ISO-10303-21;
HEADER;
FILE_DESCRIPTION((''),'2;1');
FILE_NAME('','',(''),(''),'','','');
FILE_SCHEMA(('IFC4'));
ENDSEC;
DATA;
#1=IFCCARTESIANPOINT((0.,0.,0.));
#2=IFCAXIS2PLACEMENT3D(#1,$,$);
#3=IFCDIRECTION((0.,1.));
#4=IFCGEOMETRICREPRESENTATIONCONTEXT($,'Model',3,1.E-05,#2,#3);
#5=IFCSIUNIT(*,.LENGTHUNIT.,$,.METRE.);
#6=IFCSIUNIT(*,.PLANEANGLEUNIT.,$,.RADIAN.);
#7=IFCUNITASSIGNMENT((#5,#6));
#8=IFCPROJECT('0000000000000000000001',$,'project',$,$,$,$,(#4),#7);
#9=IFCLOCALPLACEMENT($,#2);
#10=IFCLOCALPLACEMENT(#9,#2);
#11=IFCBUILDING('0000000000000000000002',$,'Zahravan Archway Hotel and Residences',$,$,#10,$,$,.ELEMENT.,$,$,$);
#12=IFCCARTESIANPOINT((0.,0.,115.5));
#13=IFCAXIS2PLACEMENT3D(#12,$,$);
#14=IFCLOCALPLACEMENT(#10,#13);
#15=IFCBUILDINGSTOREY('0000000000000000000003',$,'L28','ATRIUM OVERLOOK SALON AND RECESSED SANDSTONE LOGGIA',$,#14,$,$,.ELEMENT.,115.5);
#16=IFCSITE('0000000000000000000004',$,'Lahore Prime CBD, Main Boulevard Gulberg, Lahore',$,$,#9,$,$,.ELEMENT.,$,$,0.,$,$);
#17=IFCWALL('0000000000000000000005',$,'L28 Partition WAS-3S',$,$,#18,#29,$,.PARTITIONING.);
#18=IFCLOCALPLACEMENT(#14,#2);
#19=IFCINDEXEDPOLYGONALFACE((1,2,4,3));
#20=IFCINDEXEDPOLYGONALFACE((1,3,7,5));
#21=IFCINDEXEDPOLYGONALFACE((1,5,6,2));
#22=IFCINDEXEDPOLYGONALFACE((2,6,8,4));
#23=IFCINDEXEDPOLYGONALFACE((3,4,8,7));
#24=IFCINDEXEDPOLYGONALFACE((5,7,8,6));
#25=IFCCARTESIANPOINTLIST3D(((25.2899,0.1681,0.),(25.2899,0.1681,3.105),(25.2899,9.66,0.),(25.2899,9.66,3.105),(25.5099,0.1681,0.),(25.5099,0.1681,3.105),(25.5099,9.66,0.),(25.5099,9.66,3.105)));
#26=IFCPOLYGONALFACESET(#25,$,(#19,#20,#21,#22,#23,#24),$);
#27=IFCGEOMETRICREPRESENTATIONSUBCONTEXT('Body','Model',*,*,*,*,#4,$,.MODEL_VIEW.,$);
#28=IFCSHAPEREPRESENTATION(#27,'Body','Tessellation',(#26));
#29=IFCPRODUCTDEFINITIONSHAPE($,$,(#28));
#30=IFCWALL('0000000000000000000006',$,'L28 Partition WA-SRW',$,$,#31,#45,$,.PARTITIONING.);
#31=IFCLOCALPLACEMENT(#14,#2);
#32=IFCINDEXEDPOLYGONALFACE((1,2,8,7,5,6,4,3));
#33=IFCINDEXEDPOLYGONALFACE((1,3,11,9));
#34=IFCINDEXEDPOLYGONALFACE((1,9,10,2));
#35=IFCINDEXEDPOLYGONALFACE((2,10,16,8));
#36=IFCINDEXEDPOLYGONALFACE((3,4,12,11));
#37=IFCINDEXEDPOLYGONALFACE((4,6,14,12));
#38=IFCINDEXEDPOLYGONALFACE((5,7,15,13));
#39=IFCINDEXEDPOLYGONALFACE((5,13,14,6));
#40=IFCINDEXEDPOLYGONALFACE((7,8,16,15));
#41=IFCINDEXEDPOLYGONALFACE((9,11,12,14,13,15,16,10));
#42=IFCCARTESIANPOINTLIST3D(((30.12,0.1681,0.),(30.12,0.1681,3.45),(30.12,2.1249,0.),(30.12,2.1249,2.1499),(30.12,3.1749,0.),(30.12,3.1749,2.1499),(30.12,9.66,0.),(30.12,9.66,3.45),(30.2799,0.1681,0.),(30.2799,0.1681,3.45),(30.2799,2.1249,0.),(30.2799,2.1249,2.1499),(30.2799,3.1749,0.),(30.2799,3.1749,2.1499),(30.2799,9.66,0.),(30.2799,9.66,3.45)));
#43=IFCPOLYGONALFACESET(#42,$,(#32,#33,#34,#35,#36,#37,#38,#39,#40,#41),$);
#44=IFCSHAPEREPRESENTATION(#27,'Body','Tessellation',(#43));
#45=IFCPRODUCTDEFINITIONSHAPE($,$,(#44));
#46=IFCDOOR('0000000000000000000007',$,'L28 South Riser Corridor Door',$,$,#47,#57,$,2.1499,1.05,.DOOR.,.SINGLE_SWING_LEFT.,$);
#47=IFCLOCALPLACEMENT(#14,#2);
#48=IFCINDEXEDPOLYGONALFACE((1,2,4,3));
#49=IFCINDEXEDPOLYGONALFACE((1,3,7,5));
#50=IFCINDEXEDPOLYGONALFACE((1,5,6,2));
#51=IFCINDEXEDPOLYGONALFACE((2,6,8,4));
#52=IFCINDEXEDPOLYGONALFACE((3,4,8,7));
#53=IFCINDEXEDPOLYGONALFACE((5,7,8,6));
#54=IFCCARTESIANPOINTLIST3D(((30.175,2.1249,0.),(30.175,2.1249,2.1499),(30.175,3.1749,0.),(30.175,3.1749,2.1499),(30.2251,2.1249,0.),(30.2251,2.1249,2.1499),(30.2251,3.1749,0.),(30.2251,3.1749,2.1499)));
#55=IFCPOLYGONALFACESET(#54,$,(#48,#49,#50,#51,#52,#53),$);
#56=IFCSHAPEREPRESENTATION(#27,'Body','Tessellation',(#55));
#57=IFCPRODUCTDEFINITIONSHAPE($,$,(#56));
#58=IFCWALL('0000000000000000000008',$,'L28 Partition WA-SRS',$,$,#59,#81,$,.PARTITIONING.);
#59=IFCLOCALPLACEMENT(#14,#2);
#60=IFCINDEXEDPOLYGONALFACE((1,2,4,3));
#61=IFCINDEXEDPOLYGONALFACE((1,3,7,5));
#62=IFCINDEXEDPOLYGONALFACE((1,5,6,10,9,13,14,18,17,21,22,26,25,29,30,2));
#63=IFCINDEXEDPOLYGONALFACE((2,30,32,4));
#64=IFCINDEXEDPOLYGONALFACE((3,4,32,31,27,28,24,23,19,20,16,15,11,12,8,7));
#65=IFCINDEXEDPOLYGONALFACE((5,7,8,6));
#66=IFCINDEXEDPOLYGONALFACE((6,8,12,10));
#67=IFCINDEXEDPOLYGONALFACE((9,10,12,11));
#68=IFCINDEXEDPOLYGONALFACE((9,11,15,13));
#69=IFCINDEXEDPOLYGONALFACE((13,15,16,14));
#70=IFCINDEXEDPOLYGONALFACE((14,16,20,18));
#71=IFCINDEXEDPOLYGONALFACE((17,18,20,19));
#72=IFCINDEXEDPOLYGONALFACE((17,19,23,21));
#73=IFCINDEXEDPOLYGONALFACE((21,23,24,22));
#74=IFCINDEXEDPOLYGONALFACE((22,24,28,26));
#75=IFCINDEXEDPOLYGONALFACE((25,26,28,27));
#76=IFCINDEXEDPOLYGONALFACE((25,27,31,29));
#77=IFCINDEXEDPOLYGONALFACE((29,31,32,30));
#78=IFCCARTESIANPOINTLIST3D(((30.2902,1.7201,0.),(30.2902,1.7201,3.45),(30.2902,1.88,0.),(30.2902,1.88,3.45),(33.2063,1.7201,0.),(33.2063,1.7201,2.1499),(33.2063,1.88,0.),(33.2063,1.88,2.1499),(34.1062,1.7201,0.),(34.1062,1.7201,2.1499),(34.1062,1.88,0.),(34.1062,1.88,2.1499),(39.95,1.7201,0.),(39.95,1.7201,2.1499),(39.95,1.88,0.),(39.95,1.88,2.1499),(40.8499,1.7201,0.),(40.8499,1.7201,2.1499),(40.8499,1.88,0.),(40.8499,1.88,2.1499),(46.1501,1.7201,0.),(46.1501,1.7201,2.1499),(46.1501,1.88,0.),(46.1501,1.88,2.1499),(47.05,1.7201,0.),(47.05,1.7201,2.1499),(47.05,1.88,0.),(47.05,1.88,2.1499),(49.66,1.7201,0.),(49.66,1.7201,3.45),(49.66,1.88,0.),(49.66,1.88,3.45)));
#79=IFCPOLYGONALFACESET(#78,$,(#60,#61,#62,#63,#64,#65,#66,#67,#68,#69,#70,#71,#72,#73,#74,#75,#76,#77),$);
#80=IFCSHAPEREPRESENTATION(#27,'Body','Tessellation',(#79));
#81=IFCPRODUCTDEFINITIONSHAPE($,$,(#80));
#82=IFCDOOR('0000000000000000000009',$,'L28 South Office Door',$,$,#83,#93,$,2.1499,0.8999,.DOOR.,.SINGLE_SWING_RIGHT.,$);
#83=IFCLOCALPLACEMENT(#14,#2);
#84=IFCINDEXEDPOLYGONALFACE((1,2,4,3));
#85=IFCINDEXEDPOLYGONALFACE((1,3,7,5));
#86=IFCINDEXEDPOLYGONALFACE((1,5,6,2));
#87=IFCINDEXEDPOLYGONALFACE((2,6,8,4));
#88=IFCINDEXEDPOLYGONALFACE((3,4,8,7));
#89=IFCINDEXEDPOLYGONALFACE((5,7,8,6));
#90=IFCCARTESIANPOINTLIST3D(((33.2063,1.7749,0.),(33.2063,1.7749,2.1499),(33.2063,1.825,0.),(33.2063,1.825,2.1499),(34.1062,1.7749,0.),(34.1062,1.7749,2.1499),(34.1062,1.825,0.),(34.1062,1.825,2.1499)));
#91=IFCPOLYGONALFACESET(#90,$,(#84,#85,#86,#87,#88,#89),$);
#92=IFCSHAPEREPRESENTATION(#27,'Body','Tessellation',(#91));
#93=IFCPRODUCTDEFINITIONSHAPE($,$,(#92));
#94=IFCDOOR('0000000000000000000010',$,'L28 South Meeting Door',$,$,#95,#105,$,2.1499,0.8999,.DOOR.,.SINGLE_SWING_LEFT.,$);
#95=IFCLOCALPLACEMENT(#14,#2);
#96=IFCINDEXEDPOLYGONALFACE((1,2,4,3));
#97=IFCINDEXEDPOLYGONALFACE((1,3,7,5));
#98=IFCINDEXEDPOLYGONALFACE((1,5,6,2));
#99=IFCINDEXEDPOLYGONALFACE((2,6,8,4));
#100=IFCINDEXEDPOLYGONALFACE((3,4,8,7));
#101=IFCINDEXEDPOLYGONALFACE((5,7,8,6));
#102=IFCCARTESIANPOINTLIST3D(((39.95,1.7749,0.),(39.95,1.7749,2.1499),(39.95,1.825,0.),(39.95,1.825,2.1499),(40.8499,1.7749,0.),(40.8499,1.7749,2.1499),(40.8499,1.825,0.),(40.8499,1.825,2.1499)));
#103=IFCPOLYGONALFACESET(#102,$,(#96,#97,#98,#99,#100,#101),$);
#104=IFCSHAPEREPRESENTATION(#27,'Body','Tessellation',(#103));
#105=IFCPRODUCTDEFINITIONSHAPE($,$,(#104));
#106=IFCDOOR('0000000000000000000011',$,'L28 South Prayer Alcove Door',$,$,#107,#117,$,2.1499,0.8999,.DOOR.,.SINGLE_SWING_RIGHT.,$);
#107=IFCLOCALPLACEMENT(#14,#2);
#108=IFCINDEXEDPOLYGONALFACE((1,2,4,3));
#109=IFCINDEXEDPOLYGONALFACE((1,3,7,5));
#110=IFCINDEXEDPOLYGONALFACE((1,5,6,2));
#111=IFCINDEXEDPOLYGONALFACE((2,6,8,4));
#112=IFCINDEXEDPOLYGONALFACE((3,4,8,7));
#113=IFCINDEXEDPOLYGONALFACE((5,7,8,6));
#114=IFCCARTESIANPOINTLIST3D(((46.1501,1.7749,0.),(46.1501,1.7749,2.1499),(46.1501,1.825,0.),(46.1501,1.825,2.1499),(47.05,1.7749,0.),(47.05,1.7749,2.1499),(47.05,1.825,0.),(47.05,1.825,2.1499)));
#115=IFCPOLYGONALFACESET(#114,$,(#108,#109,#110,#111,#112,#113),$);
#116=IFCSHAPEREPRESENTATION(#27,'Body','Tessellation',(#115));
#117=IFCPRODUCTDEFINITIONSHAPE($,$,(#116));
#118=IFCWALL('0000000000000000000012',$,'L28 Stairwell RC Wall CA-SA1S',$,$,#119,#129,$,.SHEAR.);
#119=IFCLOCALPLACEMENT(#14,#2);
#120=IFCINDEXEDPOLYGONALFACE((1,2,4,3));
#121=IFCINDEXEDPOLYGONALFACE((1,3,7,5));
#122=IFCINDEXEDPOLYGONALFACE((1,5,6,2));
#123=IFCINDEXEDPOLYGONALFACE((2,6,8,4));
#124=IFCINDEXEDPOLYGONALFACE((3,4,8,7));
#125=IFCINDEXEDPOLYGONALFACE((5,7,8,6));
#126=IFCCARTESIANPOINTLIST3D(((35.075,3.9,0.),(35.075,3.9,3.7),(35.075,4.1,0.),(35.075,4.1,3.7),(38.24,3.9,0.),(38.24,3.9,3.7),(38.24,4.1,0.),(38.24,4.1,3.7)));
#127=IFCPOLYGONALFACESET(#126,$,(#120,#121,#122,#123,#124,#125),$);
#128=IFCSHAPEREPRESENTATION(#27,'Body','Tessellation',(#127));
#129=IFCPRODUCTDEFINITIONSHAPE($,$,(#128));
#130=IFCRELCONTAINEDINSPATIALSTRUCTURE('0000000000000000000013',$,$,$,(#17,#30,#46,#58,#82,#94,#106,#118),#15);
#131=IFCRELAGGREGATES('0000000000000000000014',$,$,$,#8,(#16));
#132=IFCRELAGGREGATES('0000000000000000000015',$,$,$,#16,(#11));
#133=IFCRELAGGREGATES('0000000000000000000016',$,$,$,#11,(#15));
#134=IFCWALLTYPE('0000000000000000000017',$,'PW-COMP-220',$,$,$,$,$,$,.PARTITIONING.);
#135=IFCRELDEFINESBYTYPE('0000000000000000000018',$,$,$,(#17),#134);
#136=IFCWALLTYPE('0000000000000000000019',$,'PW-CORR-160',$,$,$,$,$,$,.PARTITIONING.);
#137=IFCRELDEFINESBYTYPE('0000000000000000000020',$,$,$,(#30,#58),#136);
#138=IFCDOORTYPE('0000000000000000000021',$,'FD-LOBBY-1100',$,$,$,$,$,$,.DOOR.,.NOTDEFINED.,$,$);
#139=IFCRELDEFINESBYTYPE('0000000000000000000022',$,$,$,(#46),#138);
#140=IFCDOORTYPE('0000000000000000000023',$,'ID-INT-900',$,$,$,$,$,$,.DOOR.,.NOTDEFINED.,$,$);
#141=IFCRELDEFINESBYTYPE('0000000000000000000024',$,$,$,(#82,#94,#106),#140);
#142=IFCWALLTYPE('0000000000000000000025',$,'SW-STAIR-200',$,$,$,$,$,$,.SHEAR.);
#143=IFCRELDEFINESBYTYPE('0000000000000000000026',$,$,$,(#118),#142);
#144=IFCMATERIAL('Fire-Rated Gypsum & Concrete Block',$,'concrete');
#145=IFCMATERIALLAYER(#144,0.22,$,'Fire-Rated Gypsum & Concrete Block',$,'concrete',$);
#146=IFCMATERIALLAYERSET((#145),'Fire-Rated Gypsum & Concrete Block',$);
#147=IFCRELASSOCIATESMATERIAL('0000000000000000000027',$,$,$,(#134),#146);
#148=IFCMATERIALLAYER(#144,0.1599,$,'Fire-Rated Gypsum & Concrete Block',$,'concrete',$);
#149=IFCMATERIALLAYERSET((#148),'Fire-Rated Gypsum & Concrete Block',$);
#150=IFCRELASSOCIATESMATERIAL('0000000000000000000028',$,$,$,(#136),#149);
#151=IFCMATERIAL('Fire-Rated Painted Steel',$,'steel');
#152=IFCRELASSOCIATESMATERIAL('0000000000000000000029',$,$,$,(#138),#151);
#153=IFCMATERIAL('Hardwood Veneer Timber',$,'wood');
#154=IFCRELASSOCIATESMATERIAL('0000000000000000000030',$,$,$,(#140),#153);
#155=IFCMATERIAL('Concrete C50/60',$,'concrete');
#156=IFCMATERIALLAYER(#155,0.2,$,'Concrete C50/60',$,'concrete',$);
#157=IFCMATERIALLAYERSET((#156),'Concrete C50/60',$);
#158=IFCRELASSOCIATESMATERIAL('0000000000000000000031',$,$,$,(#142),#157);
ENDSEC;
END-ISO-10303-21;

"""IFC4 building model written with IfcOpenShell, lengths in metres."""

from ifc_helpers import new_model, si_unit, direction, frame, frame_2d, origin, place, context, subcontext, project, spatial, rectangle, extrude, source, transform, mapped, material, layer, layer_set, type_object, type_shapes, element, fill, save


model = new_model("IFC4")

# Units and contexts
model_context = context("Model", 3, precision=1e-05, world=origin(), true_north=direction((0.0, 1.0)))
body_context = subcontext(model_context, "Body", "Model", "MODEL_VIEW")
ifc_project = project(units=[si_unit("LENGTHUNIT", "METRE"), si_unit("PLANEANGLEUNIT", "RADIAN")], contexts=[model_context])

# Site, building, storey
site_placement = place(None, origin())
site = spatial("IfcSite", under=ifc_project, at=site_placement, Name="Lahore Prime CBD, Main Boulevard Gulberg, Lahore", CompositionType="ELEMENT", RefElevation=0.0)
building_placement = place(site_placement, origin())
building = spatial("IfcBuilding", under=site, at=building_placement, Name="Zahravan Archway Hotel and Residences", CompositionType="ELEMENT")
storey_placement = place(building_placement, frame((0.0, 0.0, 115.5)))
storey = spatial("IfcBuildingStorey", under=building, at=storey_placement, Name="L28", Description="ATRIUM OVERLOOK SALON AND RECESSED SANDSTONE LOGGIA", CompositionType="ELEMENT", Elevation=115.5)

# Shared definitions
ifc_material_1 = material(Name="Fire-Rated Painted Steel", Category="steel")

# Wall
ifc_material_2 = material(Name="Fire-Rated Gypsum & Concrete Block", Category="concrete")
ifc_layer_1 = layer(ifc_material_2, 0.22, Name="Fire-Rated Gypsum & Concrete Block", Category="concrete")
ifc_layer_set_1 = layer_set([ifc_layer_1], Name="Fire-Rated Gypsum & Concrete Block")
wall_type_1 = type_object("IfcWallType", Name="PW-COMP-220", PredefinedType="PARTITIONING", material=ifc_layer_set_1)
wall_1_placement = place(storey_placement, frame((25.3999, 0.168, 0.0), z_axis=(0.0, 0.0, 1.0), x_axis=(0.0, 1.0, 0.0)))
element("IfcWall", 1, at=wall_1_placement, inside=storey, type_object=wall_type_1, Name="L28 Partition WAS-3S", PredefinedType="PARTITIONING", context=body_context, shape_type="SweptSolid", body=[
    extrude(rectangle(XDim=9.4919, YDim=0.22, at=frame_2d((4.7461, 0.0))), origin(), (0.0, 0.0, 1.0), 3.105),
])

# Wall, opening, door
ifc_layer_2 = layer(ifc_material_2, 0.1599, Name="Fire-Rated Gypsum & Concrete Block", Category="concrete")
ifc_layer_set_2 = layer_set([ifc_layer_2], Name="Fire-Rated Gypsum & Concrete Block")
wall_type_2 = type_object("IfcWallType", Name="PW-CORR-160", PredefinedType="PARTITIONING", material=ifc_layer_set_2)
wall_2_placement = place(storey_placement, frame((30.2, 0.168, 0.0), z_axis=(0.0, 0.0, 1.0), x_axis=(0.0, 1.0, 0.0)))
wall_2 = element("IfcWall", 2, at=wall_2_placement, inside=storey, type_object=wall_type_2, Name="L28 Partition WA-SRW", PredefinedType="PARTITIONING", context=body_context, shape_type="SweptSolid", body=[
    extrude(rectangle(XDim=9.4919, YDim=0.1599, at=frame_2d((4.7461, 0.0))), origin(), (0.0, 0.0, 1.0), 3.45),
])
opening_1_placement = place(wall_2_placement, frame((1.957, 0.0, 0.0)))
opening_1 = element("IfcOpeningElement", 3, at=opening_1_placement, cuts=wall_2, PredefinedType="OPENING", context=body_context, shape_type="SweptSolid", body=[
    extrude(rectangle(XDim=1.05, YDim=2.1499, at=frame_2d((0.5249, 1.075))), frame((0.0, 0.0898, 0.0), z_axis=(0.0, -1.0, 0.0), x_axis=(1.0, 0.0, 0.0)), (0.0, 0.0, 1.0), 0.1799),
])
door_type_1 = type_object("IfcDoorType", Name="FD-LOBBY-1100", OperationType="NOTDEFINED", PredefinedType="DOOR", material=ifc_material_1)
shared_shape_1 = source(origin(), body_context, "Body", "SweptSolid", [
    extrude(rectangle(XDim=1.05, YDim=2.1499, at=frame_2d((0.5249, 1.075))), frame((0.0, 0.0249, 0.0), z_axis=(0.0, -1.0, 0.0), x_axis=(1.0, 0.0, 0.0)), (0.0, 0.0, 1.0), 0.05),
])
type_shapes(door_type_1, [shared_shape_1])
door_1_placement = place(opening_1_placement, origin())
door_1 = element("IfcDoor", 4, at=door_1_placement, inside=storey, type_object=door_type_1, Name="L28 South Riser Corridor Door", OperationType="SINGLE_SWING_LEFT", OverallHeight=2.1499, OverallWidth=1.05, PredefinedType="DOOR", context=body_context, shape_type="MappedRepresentation", body=[
    mapped(shared_shape_1, transform((0.0, 0.0, 0.0), scale=1.0)),
])
fill(opening_1, door_1)

# Wall, openings, doors
wall_3_placement = place(storey_placement, frame((30.29, 1.8, 0.0), z_axis=(0.0, 0.0, 1.0), x_axis=(1.0, 0.0, 0.0)))
wall_3 = element("IfcWall", 5, at=wall_3_placement, inside=storey, type_object=wall_type_2, Name="L28 Partition WA-SRS", PredefinedType="PARTITIONING", context=body_context, shape_type="SweptSolid", body=[
    extrude(rectangle(XDim=19.3699, YDim=0.1599, at=frame_2d((9.6851, 0.0))), origin(), (0.0, 0.0, 1.0), 3.45),
])
opening_2_placement = place(wall_3_placement, frame((2.9163, 0.0, 0.0)))
opening_2 = element("IfcOpeningElement", 6, at=opening_2_placement, cuts=wall_3, PredefinedType="OPENING", context=body_context, shape_type="SweptSolid", body=[
    extrude(rectangle(XDim=0.8999, YDim=2.1499, at=frame_2d((0.45, 1.075))), frame((0.0, 0.0898, 0.0), z_axis=(0.0, -1.0, 0.0), x_axis=(1.0, 0.0, 0.0)), (0.0, 0.0, 1.0), 0.1799),
])
opening_3_placement = place(wall_3_placement, frame((9.6599, 0.0, 0.0)))
opening_3 = element("IfcOpeningElement", 7, at=opening_3_placement, cuts=wall_3, PredefinedType="OPENING", context=body_context, shape_type="SweptSolid", body=[
    extrude(rectangle(XDim=0.8999, YDim=2.1499, at=frame_2d((0.45, 1.075))), frame((0.0, 0.0898, 0.0), z_axis=(0.0, -1.0, 0.0), x_axis=(1.0, 0.0, 0.0)), (0.0, 0.0, 1.0), 0.1799),
])
opening_4_placement = place(wall_3_placement, frame((15.8601, 0.0, 0.0)))
opening_4 = element("IfcOpeningElement", 8, at=opening_4_placement, cuts=wall_3, PredefinedType="OPENING", context=body_context, shape_type="SweptSolid", body=[
    extrude(rectangle(XDim=0.8999, YDim=2.1499, at=frame_2d((0.45, 1.075))), frame((0.0, 0.0898, 0.0), z_axis=(0.0, -1.0, 0.0), x_axis=(1.0, 0.0, 0.0)), (0.0, 0.0, 1.0), 0.1799),
])
ifc_material_3 = material(Name="Hardwood Veneer Timber", Category="wood")
door_type_2 = type_object("IfcDoorType", Name="ID-INT-900", OperationType="NOTDEFINED", PredefinedType="DOOR", material=ifc_material_3)
shared_shape_2 = source(origin(), body_context, "Body", "SweptSolid", [
    extrude(rectangle(XDim=0.8999, YDim=2.1499, at=frame_2d((0.45, 1.075))), frame((0.0, 0.0249, 0.0), z_axis=(0.0, -1.0, 0.0), x_axis=(1.0, 0.0, 0.0)), (0.0, 0.0, 1.0), 0.05),
])
type_shapes(door_type_2, [shared_shape_2])
door_2_placement = place(opening_2_placement, origin())
door_2 = element("IfcDoor", 9, at=door_2_placement, inside=storey, type_object=door_type_2, Name="L28 South Office Door", OperationType="SINGLE_SWING_RIGHT", OverallHeight=2.1499, OverallWidth=0.8999, PredefinedType="DOOR", context=body_context, shape_type="MappedRepresentation", body=[
    mapped(shared_shape_2, transform((0.0, 0.0, 0.0), scale=1.0)),
])
fill(opening_2, door_2)
door_3_placement = place(opening_3_placement, origin())
door_3 = element("IfcDoor", 10, at=door_3_placement, inside=storey, type_object=door_type_2, Name="L28 South Meeting Door", OperationType="SINGLE_SWING_LEFT", OverallHeight=2.1499, OverallWidth=0.8999, PredefinedType="DOOR", context=body_context, shape_type="MappedRepresentation", body=[
    mapped(shared_shape_2, transform((0.0, 0.0, 0.0), scale=1.0)),
])
fill(opening_3, door_3)
door_4_placement = place(opening_4_placement, origin())
door_4 = element("IfcDoor", 11, at=door_4_placement, inside=storey, type_object=door_type_2, Name="L28 South Prayer Alcove Door", OperationType="SINGLE_SWING_RIGHT", OverallHeight=2.1499, OverallWidth=0.8999, PredefinedType="DOOR", context=body_context, shape_type="MappedRepresentation", body=[
    mapped(shared_shape_2, transform((0.0, 0.0, 0.0), scale=1.0)),
])
fill(opening_4, door_4)

# Wall
ifc_material_4 = material(Name="Concrete C50/60", Category="concrete")
ifc_layer_3 = layer(ifc_material_4, 0.2, Name="Concrete C50/60", Category="concrete")
ifc_layer_set_3 = layer_set([ifc_layer_3], Name="Concrete C50/60")
wall_type_3 = type_object("IfcWallType", Name="SW-STAIR-200", PredefinedType="SHEAR", material=ifc_layer_set_3)
wall_4_placement = place(storey_placement, frame((35.075, 4.0, 0.0), z_axis=(0.0, 0.0, 1.0), x_axis=(1.0, 0.0, 0.0)))
element("IfcWall", 12, at=wall_4_placement, inside=storey, type_object=wall_type_3, Name="L28 Stairwell RC Wall CA-SA1S", PredefinedType="SHEAR", context=body_context, shape_type="SweptSolid", body=[
    extrude(rectangle(XDim=3.165, YDim=0.2, at=frame_2d((1.5825, 0.0))), origin(), (0.0, 0.0, 1.0), 3.7),
])

save(model, "model.ifc")
